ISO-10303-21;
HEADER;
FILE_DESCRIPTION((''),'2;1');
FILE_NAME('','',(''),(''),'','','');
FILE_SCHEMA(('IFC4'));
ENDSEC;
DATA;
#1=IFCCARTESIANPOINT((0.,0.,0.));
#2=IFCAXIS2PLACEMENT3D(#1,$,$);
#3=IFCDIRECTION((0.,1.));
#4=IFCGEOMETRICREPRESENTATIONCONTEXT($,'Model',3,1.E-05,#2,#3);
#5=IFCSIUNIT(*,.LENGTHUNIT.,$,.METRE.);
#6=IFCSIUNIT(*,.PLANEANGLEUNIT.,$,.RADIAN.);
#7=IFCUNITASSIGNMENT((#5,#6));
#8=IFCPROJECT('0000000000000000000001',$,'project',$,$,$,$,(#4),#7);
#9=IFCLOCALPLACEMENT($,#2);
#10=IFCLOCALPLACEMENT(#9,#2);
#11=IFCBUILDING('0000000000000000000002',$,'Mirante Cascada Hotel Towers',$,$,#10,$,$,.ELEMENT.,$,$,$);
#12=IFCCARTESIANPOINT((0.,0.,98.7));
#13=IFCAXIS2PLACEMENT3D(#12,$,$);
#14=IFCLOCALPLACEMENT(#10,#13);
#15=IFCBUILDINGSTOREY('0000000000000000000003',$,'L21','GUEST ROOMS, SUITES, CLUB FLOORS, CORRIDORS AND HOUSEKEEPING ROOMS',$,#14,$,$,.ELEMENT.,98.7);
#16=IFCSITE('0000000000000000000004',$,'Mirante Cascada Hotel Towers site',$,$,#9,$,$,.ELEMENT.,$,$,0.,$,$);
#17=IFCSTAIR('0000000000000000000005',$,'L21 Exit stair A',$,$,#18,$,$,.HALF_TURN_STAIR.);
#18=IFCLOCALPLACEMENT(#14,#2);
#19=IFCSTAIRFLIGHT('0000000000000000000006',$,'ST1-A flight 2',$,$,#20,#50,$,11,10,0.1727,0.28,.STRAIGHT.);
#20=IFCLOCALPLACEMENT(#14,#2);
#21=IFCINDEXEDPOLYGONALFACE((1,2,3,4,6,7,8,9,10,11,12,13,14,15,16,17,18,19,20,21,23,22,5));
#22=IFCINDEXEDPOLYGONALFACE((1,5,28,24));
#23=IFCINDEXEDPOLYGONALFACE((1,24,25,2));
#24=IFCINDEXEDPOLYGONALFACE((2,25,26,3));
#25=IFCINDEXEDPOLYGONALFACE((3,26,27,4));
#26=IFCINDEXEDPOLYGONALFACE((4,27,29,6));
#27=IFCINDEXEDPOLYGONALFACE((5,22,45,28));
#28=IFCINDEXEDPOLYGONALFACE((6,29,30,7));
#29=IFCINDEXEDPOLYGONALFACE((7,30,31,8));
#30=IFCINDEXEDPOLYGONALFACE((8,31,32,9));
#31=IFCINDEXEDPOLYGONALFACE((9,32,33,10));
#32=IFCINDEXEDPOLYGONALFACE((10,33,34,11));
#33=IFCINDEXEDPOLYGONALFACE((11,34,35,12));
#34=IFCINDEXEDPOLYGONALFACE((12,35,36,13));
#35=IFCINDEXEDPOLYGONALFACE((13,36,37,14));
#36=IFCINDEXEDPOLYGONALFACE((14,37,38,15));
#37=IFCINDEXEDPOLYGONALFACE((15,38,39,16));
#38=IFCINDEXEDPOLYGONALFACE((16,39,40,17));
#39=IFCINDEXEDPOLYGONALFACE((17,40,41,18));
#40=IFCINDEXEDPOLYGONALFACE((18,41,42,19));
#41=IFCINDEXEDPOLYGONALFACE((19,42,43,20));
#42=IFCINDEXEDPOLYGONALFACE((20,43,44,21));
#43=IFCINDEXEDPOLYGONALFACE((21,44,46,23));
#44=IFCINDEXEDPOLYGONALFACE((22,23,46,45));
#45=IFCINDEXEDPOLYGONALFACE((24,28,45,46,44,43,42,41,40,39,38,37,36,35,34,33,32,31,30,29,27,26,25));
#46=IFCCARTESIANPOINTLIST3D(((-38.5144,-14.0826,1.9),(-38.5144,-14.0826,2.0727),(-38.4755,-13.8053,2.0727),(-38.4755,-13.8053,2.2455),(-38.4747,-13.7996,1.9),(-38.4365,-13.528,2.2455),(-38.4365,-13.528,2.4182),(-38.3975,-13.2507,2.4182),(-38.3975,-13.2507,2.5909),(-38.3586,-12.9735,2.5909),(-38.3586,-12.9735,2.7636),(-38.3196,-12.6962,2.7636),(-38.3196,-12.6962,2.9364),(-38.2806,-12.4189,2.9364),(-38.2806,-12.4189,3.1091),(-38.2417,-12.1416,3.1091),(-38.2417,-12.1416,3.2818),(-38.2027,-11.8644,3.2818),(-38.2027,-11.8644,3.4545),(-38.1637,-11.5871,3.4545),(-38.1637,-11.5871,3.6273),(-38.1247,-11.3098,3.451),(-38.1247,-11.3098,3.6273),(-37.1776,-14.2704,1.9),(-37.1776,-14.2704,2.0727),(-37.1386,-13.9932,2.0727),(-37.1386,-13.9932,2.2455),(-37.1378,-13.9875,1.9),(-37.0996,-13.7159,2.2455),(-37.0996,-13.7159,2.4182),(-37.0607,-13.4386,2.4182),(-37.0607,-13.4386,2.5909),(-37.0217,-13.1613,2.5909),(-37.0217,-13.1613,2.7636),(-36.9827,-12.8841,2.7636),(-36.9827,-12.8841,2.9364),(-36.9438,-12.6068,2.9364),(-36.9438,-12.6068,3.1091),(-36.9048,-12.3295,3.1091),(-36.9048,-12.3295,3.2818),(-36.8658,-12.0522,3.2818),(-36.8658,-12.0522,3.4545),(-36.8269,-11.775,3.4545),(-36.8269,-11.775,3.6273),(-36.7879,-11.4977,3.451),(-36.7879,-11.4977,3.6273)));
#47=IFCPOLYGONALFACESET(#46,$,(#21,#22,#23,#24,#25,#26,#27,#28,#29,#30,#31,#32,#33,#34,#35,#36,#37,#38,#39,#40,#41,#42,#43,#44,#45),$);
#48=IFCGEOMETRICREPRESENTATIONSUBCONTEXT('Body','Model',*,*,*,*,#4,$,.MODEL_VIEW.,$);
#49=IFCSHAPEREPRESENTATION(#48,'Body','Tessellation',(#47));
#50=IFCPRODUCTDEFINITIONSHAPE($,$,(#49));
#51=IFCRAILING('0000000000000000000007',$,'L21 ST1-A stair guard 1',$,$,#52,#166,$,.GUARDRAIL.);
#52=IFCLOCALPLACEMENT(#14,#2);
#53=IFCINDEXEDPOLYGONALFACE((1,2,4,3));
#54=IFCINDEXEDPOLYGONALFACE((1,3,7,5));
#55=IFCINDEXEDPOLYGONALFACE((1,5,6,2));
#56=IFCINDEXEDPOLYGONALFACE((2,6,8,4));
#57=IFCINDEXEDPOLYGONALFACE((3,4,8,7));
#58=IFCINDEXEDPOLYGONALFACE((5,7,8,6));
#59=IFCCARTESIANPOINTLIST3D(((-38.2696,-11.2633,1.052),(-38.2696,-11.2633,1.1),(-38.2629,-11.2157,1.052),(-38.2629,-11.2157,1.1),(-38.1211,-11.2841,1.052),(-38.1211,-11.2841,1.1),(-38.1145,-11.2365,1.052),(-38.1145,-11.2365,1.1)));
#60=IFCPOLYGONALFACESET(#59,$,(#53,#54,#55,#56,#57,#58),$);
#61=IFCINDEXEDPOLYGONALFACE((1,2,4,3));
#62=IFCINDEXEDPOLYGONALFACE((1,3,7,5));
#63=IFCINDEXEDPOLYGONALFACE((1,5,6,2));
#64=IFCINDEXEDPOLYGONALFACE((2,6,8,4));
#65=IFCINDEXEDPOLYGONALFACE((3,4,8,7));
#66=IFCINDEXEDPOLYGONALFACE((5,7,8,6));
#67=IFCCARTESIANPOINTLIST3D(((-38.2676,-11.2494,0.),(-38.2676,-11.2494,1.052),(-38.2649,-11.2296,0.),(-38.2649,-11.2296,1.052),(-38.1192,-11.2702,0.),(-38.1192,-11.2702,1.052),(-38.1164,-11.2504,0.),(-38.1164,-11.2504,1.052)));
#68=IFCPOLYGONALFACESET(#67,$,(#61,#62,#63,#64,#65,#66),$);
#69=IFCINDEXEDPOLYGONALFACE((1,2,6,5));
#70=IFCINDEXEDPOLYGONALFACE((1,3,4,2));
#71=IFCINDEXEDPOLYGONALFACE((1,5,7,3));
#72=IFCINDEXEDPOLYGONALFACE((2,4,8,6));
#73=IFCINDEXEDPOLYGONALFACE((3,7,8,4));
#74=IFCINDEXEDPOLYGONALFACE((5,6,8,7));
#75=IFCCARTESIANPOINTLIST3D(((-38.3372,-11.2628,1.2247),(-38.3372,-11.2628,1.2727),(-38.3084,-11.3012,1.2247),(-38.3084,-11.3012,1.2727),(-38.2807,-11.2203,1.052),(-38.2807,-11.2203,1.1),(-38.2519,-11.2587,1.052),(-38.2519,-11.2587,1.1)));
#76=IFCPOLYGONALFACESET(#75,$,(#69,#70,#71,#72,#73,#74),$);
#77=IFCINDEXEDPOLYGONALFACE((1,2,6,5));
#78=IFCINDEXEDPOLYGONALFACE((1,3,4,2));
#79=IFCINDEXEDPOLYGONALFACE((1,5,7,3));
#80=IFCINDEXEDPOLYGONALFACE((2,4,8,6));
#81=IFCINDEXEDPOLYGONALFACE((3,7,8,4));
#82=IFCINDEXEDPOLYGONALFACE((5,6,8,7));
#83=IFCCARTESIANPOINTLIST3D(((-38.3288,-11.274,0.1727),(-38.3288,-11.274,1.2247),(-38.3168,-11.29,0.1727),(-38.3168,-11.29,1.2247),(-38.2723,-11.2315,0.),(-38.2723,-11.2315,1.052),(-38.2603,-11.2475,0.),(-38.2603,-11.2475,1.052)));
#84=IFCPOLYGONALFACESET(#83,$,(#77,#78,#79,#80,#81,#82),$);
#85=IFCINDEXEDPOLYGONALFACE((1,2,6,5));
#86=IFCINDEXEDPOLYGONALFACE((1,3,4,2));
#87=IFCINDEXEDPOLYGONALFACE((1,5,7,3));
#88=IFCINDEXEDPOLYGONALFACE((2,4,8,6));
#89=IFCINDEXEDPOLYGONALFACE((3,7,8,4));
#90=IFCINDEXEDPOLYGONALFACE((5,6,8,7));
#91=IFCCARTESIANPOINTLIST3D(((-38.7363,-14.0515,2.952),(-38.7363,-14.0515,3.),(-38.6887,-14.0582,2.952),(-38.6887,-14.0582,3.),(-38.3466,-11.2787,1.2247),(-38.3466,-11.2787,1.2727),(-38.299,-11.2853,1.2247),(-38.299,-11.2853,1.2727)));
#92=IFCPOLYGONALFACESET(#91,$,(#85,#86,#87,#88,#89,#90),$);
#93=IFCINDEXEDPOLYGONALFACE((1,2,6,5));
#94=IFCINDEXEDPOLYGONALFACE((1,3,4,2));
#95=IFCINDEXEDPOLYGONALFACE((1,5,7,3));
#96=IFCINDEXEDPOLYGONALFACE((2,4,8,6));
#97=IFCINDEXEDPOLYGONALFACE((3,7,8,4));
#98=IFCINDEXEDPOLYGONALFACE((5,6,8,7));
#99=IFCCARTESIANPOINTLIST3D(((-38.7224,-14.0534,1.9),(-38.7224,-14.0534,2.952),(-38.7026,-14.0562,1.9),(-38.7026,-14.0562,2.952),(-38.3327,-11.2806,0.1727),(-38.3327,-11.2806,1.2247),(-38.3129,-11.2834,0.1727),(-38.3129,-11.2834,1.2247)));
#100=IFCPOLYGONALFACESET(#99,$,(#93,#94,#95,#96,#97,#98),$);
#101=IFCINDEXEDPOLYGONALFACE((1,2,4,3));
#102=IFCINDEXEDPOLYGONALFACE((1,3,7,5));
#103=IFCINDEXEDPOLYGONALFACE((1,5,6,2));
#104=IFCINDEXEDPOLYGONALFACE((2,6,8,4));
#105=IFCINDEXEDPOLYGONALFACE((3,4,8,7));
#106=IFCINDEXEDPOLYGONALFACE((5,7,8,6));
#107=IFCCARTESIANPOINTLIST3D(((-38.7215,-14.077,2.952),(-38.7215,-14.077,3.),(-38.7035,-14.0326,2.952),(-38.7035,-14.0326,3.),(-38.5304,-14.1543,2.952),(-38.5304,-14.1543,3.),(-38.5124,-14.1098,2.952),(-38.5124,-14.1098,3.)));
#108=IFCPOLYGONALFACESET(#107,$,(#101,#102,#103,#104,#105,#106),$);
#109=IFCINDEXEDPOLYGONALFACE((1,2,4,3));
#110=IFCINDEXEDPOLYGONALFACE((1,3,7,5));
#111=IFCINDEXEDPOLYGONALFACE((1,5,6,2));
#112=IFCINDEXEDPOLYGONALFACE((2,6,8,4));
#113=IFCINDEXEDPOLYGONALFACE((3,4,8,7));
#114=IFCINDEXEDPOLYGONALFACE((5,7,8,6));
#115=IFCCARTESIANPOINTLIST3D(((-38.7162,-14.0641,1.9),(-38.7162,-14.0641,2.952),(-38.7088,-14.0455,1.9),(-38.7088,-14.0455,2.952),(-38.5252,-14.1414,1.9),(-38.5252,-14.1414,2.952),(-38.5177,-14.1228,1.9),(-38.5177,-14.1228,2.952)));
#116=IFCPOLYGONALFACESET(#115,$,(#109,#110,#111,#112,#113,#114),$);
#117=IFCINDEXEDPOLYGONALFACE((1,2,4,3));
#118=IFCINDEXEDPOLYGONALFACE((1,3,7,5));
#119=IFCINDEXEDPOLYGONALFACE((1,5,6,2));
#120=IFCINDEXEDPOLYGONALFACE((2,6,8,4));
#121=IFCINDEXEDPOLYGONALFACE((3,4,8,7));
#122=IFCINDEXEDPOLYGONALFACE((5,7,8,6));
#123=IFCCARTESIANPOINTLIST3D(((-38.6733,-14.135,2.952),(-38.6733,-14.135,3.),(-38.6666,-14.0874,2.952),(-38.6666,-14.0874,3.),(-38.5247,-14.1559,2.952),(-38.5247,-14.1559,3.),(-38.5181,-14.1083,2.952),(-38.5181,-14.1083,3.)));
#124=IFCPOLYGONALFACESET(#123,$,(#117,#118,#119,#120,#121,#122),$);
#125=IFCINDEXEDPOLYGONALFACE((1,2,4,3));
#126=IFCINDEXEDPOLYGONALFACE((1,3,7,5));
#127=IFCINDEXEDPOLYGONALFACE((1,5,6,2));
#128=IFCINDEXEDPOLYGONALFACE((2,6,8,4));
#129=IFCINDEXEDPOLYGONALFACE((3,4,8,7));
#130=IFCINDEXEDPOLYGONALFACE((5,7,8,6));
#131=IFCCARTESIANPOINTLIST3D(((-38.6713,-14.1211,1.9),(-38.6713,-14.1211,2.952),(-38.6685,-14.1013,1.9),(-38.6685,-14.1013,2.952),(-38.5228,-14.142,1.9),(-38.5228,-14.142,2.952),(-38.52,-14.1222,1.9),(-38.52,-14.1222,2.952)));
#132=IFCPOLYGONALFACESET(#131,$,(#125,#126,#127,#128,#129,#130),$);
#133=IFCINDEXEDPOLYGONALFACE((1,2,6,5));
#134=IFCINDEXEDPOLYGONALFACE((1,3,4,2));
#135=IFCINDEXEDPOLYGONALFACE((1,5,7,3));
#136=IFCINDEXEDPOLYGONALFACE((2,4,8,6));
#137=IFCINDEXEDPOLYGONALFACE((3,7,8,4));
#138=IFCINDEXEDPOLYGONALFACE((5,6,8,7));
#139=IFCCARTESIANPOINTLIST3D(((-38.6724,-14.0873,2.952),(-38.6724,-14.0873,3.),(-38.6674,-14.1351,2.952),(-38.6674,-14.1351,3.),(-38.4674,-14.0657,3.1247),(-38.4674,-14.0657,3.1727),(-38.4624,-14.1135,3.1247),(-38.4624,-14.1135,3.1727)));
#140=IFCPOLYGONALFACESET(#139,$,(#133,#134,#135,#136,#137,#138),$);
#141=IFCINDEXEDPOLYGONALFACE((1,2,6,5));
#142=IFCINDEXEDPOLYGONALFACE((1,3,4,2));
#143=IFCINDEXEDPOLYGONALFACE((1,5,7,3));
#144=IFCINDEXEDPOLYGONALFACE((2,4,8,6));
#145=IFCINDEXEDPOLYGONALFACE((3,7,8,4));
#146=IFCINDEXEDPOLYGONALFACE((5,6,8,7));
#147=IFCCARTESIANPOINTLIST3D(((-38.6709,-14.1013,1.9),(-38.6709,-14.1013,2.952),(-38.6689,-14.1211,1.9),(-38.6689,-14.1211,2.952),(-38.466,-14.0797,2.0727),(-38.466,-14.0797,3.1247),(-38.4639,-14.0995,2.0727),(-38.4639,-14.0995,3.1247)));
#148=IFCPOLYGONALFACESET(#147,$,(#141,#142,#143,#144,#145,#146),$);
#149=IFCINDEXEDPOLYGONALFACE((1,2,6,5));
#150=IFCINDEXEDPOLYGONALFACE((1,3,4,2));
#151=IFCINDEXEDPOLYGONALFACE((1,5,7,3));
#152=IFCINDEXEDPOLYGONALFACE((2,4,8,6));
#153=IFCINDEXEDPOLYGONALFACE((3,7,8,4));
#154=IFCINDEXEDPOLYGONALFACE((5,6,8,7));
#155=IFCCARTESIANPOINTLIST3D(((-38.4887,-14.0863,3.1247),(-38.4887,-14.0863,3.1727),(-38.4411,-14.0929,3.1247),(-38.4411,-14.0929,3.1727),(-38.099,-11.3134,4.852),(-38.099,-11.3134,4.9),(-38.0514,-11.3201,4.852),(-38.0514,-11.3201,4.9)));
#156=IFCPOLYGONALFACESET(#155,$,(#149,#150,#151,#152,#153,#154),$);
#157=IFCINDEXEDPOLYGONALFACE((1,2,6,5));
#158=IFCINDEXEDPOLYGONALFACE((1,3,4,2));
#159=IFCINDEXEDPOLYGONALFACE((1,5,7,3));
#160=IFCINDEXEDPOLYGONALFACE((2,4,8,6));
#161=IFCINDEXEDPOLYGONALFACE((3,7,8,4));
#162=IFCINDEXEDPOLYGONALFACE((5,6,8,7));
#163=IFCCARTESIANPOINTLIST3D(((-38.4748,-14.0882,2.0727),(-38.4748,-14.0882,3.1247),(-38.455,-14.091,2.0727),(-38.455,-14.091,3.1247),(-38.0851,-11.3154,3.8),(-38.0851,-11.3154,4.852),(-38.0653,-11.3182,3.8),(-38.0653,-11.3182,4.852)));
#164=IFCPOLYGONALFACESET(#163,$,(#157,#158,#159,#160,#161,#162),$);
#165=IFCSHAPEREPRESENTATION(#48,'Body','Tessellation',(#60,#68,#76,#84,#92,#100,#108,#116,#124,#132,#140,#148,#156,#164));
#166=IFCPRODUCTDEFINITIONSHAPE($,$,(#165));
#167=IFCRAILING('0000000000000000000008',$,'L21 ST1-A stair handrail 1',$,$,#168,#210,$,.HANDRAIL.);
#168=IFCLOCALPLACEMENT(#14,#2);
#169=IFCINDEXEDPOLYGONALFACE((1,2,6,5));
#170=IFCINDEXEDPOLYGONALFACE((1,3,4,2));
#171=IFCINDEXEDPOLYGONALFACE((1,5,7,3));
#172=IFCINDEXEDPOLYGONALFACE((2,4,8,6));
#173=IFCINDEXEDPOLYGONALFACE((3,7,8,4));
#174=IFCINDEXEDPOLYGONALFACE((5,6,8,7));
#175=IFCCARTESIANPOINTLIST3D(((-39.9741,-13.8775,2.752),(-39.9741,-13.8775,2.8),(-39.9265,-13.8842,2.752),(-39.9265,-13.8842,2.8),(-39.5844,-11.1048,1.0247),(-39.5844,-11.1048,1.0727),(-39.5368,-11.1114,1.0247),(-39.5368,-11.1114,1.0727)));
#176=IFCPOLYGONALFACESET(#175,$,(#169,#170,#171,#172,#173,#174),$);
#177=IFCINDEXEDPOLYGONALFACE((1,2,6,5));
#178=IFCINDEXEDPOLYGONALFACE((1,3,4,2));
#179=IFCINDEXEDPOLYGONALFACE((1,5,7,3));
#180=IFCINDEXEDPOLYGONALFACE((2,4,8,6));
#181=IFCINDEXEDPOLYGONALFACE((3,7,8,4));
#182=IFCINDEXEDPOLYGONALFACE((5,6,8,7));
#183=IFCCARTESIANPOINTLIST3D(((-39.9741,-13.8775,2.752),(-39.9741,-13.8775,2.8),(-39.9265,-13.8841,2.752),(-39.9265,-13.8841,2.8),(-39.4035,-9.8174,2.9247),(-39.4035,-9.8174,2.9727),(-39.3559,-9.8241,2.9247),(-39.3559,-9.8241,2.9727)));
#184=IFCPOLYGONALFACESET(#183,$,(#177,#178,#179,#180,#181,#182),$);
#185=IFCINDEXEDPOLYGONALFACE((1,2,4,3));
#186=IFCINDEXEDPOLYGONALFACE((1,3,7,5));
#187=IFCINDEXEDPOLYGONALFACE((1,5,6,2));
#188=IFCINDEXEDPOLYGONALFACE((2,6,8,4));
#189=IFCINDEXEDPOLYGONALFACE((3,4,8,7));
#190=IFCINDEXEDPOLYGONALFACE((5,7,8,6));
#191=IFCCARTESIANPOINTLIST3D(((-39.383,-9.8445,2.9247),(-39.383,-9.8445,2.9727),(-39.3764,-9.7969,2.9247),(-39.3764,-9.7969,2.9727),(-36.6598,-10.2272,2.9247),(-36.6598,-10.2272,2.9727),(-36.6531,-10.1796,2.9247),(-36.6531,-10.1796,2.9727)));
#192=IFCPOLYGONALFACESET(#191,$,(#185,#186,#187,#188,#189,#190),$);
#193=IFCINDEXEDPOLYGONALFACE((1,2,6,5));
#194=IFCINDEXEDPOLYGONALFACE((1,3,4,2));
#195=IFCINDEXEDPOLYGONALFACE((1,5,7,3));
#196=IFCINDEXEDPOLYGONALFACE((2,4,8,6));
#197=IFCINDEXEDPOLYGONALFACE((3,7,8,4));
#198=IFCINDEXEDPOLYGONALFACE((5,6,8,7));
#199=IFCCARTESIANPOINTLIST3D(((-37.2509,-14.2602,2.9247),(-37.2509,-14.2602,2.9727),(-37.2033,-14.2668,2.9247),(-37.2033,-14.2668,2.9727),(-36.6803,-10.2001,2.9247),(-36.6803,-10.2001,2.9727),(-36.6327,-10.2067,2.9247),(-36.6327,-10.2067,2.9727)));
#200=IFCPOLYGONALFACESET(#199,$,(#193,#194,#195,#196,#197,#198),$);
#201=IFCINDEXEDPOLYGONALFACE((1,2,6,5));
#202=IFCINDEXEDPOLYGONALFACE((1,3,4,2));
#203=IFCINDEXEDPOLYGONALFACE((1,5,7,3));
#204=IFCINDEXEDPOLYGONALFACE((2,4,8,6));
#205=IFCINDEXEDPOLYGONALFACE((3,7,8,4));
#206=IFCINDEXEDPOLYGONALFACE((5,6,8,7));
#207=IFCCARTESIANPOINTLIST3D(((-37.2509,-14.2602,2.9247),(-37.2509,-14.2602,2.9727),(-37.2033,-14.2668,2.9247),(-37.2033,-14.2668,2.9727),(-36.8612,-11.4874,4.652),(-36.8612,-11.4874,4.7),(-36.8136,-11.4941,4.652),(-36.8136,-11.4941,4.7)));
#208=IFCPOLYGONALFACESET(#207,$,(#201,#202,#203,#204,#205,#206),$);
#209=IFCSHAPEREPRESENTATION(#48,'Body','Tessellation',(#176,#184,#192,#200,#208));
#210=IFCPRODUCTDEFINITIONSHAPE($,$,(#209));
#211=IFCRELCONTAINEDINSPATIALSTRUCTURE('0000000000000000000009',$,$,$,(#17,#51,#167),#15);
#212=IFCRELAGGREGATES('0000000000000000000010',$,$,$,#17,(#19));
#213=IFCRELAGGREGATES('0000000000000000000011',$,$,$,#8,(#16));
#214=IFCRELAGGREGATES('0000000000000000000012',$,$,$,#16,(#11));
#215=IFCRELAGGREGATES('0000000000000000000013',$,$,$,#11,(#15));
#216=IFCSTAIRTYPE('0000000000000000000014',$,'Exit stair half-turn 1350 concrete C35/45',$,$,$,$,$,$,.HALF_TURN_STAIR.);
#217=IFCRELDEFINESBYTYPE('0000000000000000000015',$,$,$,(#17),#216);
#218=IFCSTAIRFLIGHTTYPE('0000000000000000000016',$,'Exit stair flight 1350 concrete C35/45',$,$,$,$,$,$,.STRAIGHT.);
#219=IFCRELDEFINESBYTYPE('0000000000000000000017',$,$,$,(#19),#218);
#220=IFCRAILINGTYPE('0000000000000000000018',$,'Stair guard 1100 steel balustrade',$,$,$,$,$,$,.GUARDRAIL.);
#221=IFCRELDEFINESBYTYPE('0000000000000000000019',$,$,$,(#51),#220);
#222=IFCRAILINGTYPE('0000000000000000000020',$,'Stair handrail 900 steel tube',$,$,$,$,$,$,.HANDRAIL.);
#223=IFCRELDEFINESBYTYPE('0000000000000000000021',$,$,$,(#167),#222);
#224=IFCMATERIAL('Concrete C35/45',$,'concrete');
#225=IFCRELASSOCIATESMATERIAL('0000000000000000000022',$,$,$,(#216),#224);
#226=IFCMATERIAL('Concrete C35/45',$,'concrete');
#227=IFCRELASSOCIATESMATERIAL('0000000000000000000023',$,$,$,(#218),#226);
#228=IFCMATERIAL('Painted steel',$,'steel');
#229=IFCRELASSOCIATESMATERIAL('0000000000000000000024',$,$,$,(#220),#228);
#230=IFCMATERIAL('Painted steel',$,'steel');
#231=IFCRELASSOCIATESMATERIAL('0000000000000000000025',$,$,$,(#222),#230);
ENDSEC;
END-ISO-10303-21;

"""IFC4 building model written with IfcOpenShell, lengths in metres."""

from ifc_helpers import new_model, si_unit, direction, frame, origin, origin_2d, place, context, subcontext, project, spatial, polyline, rectangle, outline, extrude, material, type_object, element, aggregate, save


model = new_model("IFC4")

# Units and contexts
model_context = context("Model", 3, precision=1e-05, world=origin(), true_north=direction((0.0, 1.0)))
body_context = subcontext(model_context, "Body", "Model", "MODEL_VIEW")
ifc_project = project(units=[si_unit("LENGTHUNIT", "METRE"), si_unit("PLANEANGLEUNIT", "RADIAN")], contexts=[model_context])

# Site, building, storey
site_placement = place(None, origin())
site = spatial("IfcSite", under=ifc_project, at=site_placement, Name="Mirante Cascada Hotel Towers site", CompositionType="ELEMENT", RefElevation=0.0)
building_placement = place(site_placement, origin())
building = spatial("IfcBuilding", under=site, at=building_placement, Name="Mirante Cascada Hotel Towers", CompositionType="ELEMENT")
storey_placement = place(building_placement, frame((0.0, 0.0, 98.7)))
storey = spatial("IfcBuildingStorey", under=building, at=storey_placement, Name="L21", Description="GUEST ROOMS, SUITES, CLUB FLOORS, CORRIDORS AND HOUSEKEEPING ROOMS", CompositionType="ELEMENT", Elevation=98.7)

# Stair, stair flight
ifc_material_1 = material(Name="Concrete C35/45", Category="concrete")
stair_type = type_object("IfcStairType", Name="Exit stair half-turn 1350 concrete C35/45", PredefinedType="HALF_TURN_STAIR", material=ifc_material_1)
stair_placement = place(storey_placement, origin())
stair = element("IfcStair", 1, at=stair_placement, inside=storey, type_object=stair_type, Name="L21 Exit stair A", PredefinedType="HALF_TURN_STAIR")
ifc_material_2 = material(Name="Concrete C35/45", Category="concrete")
stair_flight_type = type_object("IfcStairFlightType", Name="Exit stair flight 1350 concrete C35/45", PredefinedType="STRAIGHT", material=ifc_material_2)
stair_flight_1_placement = place(storey_placement, frame((-37.846, -14.1765, 1.9), z_axis=(0.0, 0.0, 1.0), x_axis=(0.139173, 0.990268, 0.0)))
stair_flight_1 = element("IfcStairFlight", 2, at=stair_flight_1_placement, type_object=stair_flight_type, Name="ST1-A flight 2", NumberOfRisers=11, NumberOfTreads=10, PredefinedType="STRAIGHT", RiserHeight=0.1727, TreadLength=0.28, context=body_context, shape_type="SweptSolid", body=[
    extrude(outline(polyline([(0.0, 0.0), (0.0, 0.1727), (0.28, 0.1727), (0.28, 0.3455), (0.56, 0.3455), (0.56, 0.5182), (0.84, 0.5182), (0.84, 0.6909), (1.12, 0.6909), (1.12, 0.8636), (1.4, 0.8636), (1.4, 1.0364), (1.68, 1.0364), (1.68, 1.2091), (1.96, 1.2091), (1.96, 1.3818), (2.24, 1.3818), (2.24, 1.5545), (2.52, 1.5545), (2.52, 1.7273), (2.8, 1.7273), (2.8, 1.9), (2.8, 1.551), (0.2857, 0.0), (0.0, 0.0)])), frame((0.0, 0.675, 0.0), z_axis=(0.0, -1.0, 0.0), x_axis=(1.0, 0.0, 0.0)), (0.0, 0.0, 1.0), 1.35),
])
aggregate(stair, [stair_flight_1])

# Railings
ifc_material_3 = material(Name="Painted steel", Category="steel")
railing_type_1 = type_object("IfcRailingType", Name="Stair guard 1100 steel balustrade", PredefinedType="GUARDRAIL", material=ifc_material_3)
railing_1_placement = place(storey_placement, frame((-38.1178, -11.2603, 0.0)))
element("IfcRailing", 3, at=railing_1_placement, inside=storey, type_object=railing_type_1, Name="L21 ST1-A stair guard 1", PredefinedType="GUARDRAIL", context=body_context, shape_type="SweptSolid", body=[
    extrude(rectangle(XDim=0.048, YDim=0.048, at=origin_2d()), frame((0.0, 0.0, 1.076), z_axis=(-0.990333, 0.138713, 0.0), x_axis=(-0.138713, -0.990333, 0.0)), (0.0, 0.0, 1.0), 0.1499),
    extrude(rectangle(XDim=0.02, YDim=1.052, at=origin_2d()), frame((0.0, 0.0, 0.526), z_axis=(-0.990333, 0.138713, 0.0), x_axis=(-0.138713, -0.990333, 0.0)), (0.0, 0.0, 1.0), 0.1499),
    extrude(rectangle(XDim=0.048, YDim=0.048, at=origin_2d()), frame((-0.1485, 0.0208, 1.076), z_axis=(-0.79915, -0.601131, 0.0), x_axis=(0.601131, -0.79915, 0.0)), (0.0, 0.925453, 0.378863), 0.1866),
    extrude(rectangle(XDim=0.02, YDim=1.052, at=origin_2d()), frame((-0.1485, 0.0208, 0.526), z_axis=(-0.79915, -0.601131, 0.0), x_axis=(0.601131, -0.79915, 0.0)), (0.0, 0.925453, 0.378863), 0.1866),
    extrude(rectangle(XDim=0.048, YDim=0.048, at=origin_2d()), frame((-0.205, -0.0217, 1.2487), z_axis=(-0.139176, -0.990268, 0.0), x_axis=(0.990268, -0.139176, 0.0)), (0.0, 0.525021, 0.851089), 3.29),
    extrude(rectangle(XDim=0.02, YDim=1.052, at=origin_2d()), frame((-0.205, -0.0217, 0.6987), z_axis=(-0.139176, -0.990268, 0.0), x_axis=(0.990268, -0.139176, 0.0)), (0.0, 0.525021, 0.851089), 3.29),
    extrude(rectangle(XDim=0.048, YDim=0.048, at=origin_2d()), frame((-0.5947, -2.7945, 2.976), z_axis=(0.927031, -0.374984, 0.0), x_axis=(0.374984, 0.927031, 0.0)), (0.0, 0.0, 1.0), 0.2061),
    extrude(rectangle(XDim=0.02, YDim=1.052, at=origin_2d()), frame((-0.5947, -2.7945, 2.426), z_axis=(0.927031, -0.374984, 0.0), x_axis=(0.374984, 0.927031, 0.0)), (0.0, 0.0, 1.0), 0.2061),
    extrude(rectangle(XDim=0.048, YDim=0.048, at=origin_2d()), frame((-0.4036, -2.8718, 2.976), z_axis=(-0.990241, 0.139367, 0.0), x_axis=(-0.139367, -0.990241, 0.0)), (0.0, 0.0, 1.0), 0.15),
    extrude(rectangle(XDim=0.02, YDim=1.052, at=origin_2d()), frame((-0.4036, -2.8718, 2.426), z_axis=(-0.990241, 0.139367, 0.0), x_axis=(-0.139367, -0.990241, 0.0)), (0.0, 0.0, 1.0), 0.15),
    extrude(rectangle(XDim=0.048, YDim=0.048, at=origin_2d()), frame((-0.5521, -2.8509, 2.976), z_axis=(0.994495, 0.104786, 0.0), x_axis=(-0.104786, 0.994495, 0.0)), (0.0, 0.642203, 0.766534), 0.2689),
    extrude(rectangle(XDim=0.02, YDim=1.052, at=origin_2d()), frame((-0.5521, -2.8509, 2.426), z_axis=(0.994495, 0.104786, 0.0), x_axis=(-0.104786, 0.994495, 0.0)), (0.0, 0.642203, 0.766534), 0.2689),
    extrude(rectangle(XDim=0.048, YDim=0.048, at=origin_2d()), frame((-0.3471, -2.8293, 3.1487), z_axis=(0.139176, 0.990268, 0.0), x_axis=(-0.990268, 0.139176, 0.0)), (0.0, 0.525021, 0.851089), 3.29),
    extrude(rectangle(XDim=0.02, YDim=1.052, at=origin_2d()), frame((-0.3471, -2.8293, 2.5987), z_axis=(0.139176, 0.990268, 0.0), x_axis=(-0.990268, 0.139176, 0.0)), (0.0, 0.525021, 0.851089), 3.29),
])
ifc_material_4 = material(Name="Painted steel", Category="steel")
railing_type_2 = type_object("IfcRailingType", Name="Stair handrail 900 steel tube", PredefinedType="HANDRAIL", material=ifc_material_4)
railing_2_placement = place(storey_placement, frame((-39.5606, -11.1081, 0.1727)))
element("IfcRailing", 4, at=railing_2_placement, inside=storey, type_object=railing_type_2, Name="L21 ST1-A stair handrail 1", PredefinedType="HANDRAIL", context=body_context, shape_type="SweptSolid", body=[
    extrude(rectangle(XDim=0.048, YDim=0.048, at=origin_2d()), frame((0.0, 0.0, 0.876), z_axis=(-0.139181, -0.990267, 0.0), x_axis=(0.990267, -0.139181, 0.0)), (0.0, 0.525035, 0.851081), 3.2899),
    extrude(rectangle(XDim=0.048, YDim=0.048, at=origin_2d()), frame((-0.3897, -2.7727, 2.6033), z_axis=(0.139171, 0.990268, 0.0), x_axis=(-0.990268, 0.139171, 0.0)), (0.0, 0.042085, 0.999114), 4.1036),
    extrude(rectangle(XDim=0.048, YDim=0.048, at=origin_2d()), frame((0.1809, 1.2874, 2.776), z_axis=(0.990269, -0.139166, 0.0), x_axis=(0.139166, 0.990269, 0.0)), (0.0, 0.0, 1.0), 2.75),
    extrude(rectangle(XDim=0.048, YDim=0.048, at=origin_2d()), frame((2.9041, 0.9047, 2.776), z_axis=(-0.139171, -0.990268, 0.0), x_axis=(0.990268, -0.139171, 0.0)), (0.0, 0.0, 1.0), 4.1),
    extrude(rectangle(XDim=0.048, YDim=0.048, at=origin_2d()), frame((2.3335, -3.1554, 2.776), z_axis=(0.139181, 0.990267, 0.0), x_axis=(-0.990267, 0.139181, 0.0)), (0.0, 0.525035, 0.851081), 3.2899),
])

save(model, "model.ifc")
